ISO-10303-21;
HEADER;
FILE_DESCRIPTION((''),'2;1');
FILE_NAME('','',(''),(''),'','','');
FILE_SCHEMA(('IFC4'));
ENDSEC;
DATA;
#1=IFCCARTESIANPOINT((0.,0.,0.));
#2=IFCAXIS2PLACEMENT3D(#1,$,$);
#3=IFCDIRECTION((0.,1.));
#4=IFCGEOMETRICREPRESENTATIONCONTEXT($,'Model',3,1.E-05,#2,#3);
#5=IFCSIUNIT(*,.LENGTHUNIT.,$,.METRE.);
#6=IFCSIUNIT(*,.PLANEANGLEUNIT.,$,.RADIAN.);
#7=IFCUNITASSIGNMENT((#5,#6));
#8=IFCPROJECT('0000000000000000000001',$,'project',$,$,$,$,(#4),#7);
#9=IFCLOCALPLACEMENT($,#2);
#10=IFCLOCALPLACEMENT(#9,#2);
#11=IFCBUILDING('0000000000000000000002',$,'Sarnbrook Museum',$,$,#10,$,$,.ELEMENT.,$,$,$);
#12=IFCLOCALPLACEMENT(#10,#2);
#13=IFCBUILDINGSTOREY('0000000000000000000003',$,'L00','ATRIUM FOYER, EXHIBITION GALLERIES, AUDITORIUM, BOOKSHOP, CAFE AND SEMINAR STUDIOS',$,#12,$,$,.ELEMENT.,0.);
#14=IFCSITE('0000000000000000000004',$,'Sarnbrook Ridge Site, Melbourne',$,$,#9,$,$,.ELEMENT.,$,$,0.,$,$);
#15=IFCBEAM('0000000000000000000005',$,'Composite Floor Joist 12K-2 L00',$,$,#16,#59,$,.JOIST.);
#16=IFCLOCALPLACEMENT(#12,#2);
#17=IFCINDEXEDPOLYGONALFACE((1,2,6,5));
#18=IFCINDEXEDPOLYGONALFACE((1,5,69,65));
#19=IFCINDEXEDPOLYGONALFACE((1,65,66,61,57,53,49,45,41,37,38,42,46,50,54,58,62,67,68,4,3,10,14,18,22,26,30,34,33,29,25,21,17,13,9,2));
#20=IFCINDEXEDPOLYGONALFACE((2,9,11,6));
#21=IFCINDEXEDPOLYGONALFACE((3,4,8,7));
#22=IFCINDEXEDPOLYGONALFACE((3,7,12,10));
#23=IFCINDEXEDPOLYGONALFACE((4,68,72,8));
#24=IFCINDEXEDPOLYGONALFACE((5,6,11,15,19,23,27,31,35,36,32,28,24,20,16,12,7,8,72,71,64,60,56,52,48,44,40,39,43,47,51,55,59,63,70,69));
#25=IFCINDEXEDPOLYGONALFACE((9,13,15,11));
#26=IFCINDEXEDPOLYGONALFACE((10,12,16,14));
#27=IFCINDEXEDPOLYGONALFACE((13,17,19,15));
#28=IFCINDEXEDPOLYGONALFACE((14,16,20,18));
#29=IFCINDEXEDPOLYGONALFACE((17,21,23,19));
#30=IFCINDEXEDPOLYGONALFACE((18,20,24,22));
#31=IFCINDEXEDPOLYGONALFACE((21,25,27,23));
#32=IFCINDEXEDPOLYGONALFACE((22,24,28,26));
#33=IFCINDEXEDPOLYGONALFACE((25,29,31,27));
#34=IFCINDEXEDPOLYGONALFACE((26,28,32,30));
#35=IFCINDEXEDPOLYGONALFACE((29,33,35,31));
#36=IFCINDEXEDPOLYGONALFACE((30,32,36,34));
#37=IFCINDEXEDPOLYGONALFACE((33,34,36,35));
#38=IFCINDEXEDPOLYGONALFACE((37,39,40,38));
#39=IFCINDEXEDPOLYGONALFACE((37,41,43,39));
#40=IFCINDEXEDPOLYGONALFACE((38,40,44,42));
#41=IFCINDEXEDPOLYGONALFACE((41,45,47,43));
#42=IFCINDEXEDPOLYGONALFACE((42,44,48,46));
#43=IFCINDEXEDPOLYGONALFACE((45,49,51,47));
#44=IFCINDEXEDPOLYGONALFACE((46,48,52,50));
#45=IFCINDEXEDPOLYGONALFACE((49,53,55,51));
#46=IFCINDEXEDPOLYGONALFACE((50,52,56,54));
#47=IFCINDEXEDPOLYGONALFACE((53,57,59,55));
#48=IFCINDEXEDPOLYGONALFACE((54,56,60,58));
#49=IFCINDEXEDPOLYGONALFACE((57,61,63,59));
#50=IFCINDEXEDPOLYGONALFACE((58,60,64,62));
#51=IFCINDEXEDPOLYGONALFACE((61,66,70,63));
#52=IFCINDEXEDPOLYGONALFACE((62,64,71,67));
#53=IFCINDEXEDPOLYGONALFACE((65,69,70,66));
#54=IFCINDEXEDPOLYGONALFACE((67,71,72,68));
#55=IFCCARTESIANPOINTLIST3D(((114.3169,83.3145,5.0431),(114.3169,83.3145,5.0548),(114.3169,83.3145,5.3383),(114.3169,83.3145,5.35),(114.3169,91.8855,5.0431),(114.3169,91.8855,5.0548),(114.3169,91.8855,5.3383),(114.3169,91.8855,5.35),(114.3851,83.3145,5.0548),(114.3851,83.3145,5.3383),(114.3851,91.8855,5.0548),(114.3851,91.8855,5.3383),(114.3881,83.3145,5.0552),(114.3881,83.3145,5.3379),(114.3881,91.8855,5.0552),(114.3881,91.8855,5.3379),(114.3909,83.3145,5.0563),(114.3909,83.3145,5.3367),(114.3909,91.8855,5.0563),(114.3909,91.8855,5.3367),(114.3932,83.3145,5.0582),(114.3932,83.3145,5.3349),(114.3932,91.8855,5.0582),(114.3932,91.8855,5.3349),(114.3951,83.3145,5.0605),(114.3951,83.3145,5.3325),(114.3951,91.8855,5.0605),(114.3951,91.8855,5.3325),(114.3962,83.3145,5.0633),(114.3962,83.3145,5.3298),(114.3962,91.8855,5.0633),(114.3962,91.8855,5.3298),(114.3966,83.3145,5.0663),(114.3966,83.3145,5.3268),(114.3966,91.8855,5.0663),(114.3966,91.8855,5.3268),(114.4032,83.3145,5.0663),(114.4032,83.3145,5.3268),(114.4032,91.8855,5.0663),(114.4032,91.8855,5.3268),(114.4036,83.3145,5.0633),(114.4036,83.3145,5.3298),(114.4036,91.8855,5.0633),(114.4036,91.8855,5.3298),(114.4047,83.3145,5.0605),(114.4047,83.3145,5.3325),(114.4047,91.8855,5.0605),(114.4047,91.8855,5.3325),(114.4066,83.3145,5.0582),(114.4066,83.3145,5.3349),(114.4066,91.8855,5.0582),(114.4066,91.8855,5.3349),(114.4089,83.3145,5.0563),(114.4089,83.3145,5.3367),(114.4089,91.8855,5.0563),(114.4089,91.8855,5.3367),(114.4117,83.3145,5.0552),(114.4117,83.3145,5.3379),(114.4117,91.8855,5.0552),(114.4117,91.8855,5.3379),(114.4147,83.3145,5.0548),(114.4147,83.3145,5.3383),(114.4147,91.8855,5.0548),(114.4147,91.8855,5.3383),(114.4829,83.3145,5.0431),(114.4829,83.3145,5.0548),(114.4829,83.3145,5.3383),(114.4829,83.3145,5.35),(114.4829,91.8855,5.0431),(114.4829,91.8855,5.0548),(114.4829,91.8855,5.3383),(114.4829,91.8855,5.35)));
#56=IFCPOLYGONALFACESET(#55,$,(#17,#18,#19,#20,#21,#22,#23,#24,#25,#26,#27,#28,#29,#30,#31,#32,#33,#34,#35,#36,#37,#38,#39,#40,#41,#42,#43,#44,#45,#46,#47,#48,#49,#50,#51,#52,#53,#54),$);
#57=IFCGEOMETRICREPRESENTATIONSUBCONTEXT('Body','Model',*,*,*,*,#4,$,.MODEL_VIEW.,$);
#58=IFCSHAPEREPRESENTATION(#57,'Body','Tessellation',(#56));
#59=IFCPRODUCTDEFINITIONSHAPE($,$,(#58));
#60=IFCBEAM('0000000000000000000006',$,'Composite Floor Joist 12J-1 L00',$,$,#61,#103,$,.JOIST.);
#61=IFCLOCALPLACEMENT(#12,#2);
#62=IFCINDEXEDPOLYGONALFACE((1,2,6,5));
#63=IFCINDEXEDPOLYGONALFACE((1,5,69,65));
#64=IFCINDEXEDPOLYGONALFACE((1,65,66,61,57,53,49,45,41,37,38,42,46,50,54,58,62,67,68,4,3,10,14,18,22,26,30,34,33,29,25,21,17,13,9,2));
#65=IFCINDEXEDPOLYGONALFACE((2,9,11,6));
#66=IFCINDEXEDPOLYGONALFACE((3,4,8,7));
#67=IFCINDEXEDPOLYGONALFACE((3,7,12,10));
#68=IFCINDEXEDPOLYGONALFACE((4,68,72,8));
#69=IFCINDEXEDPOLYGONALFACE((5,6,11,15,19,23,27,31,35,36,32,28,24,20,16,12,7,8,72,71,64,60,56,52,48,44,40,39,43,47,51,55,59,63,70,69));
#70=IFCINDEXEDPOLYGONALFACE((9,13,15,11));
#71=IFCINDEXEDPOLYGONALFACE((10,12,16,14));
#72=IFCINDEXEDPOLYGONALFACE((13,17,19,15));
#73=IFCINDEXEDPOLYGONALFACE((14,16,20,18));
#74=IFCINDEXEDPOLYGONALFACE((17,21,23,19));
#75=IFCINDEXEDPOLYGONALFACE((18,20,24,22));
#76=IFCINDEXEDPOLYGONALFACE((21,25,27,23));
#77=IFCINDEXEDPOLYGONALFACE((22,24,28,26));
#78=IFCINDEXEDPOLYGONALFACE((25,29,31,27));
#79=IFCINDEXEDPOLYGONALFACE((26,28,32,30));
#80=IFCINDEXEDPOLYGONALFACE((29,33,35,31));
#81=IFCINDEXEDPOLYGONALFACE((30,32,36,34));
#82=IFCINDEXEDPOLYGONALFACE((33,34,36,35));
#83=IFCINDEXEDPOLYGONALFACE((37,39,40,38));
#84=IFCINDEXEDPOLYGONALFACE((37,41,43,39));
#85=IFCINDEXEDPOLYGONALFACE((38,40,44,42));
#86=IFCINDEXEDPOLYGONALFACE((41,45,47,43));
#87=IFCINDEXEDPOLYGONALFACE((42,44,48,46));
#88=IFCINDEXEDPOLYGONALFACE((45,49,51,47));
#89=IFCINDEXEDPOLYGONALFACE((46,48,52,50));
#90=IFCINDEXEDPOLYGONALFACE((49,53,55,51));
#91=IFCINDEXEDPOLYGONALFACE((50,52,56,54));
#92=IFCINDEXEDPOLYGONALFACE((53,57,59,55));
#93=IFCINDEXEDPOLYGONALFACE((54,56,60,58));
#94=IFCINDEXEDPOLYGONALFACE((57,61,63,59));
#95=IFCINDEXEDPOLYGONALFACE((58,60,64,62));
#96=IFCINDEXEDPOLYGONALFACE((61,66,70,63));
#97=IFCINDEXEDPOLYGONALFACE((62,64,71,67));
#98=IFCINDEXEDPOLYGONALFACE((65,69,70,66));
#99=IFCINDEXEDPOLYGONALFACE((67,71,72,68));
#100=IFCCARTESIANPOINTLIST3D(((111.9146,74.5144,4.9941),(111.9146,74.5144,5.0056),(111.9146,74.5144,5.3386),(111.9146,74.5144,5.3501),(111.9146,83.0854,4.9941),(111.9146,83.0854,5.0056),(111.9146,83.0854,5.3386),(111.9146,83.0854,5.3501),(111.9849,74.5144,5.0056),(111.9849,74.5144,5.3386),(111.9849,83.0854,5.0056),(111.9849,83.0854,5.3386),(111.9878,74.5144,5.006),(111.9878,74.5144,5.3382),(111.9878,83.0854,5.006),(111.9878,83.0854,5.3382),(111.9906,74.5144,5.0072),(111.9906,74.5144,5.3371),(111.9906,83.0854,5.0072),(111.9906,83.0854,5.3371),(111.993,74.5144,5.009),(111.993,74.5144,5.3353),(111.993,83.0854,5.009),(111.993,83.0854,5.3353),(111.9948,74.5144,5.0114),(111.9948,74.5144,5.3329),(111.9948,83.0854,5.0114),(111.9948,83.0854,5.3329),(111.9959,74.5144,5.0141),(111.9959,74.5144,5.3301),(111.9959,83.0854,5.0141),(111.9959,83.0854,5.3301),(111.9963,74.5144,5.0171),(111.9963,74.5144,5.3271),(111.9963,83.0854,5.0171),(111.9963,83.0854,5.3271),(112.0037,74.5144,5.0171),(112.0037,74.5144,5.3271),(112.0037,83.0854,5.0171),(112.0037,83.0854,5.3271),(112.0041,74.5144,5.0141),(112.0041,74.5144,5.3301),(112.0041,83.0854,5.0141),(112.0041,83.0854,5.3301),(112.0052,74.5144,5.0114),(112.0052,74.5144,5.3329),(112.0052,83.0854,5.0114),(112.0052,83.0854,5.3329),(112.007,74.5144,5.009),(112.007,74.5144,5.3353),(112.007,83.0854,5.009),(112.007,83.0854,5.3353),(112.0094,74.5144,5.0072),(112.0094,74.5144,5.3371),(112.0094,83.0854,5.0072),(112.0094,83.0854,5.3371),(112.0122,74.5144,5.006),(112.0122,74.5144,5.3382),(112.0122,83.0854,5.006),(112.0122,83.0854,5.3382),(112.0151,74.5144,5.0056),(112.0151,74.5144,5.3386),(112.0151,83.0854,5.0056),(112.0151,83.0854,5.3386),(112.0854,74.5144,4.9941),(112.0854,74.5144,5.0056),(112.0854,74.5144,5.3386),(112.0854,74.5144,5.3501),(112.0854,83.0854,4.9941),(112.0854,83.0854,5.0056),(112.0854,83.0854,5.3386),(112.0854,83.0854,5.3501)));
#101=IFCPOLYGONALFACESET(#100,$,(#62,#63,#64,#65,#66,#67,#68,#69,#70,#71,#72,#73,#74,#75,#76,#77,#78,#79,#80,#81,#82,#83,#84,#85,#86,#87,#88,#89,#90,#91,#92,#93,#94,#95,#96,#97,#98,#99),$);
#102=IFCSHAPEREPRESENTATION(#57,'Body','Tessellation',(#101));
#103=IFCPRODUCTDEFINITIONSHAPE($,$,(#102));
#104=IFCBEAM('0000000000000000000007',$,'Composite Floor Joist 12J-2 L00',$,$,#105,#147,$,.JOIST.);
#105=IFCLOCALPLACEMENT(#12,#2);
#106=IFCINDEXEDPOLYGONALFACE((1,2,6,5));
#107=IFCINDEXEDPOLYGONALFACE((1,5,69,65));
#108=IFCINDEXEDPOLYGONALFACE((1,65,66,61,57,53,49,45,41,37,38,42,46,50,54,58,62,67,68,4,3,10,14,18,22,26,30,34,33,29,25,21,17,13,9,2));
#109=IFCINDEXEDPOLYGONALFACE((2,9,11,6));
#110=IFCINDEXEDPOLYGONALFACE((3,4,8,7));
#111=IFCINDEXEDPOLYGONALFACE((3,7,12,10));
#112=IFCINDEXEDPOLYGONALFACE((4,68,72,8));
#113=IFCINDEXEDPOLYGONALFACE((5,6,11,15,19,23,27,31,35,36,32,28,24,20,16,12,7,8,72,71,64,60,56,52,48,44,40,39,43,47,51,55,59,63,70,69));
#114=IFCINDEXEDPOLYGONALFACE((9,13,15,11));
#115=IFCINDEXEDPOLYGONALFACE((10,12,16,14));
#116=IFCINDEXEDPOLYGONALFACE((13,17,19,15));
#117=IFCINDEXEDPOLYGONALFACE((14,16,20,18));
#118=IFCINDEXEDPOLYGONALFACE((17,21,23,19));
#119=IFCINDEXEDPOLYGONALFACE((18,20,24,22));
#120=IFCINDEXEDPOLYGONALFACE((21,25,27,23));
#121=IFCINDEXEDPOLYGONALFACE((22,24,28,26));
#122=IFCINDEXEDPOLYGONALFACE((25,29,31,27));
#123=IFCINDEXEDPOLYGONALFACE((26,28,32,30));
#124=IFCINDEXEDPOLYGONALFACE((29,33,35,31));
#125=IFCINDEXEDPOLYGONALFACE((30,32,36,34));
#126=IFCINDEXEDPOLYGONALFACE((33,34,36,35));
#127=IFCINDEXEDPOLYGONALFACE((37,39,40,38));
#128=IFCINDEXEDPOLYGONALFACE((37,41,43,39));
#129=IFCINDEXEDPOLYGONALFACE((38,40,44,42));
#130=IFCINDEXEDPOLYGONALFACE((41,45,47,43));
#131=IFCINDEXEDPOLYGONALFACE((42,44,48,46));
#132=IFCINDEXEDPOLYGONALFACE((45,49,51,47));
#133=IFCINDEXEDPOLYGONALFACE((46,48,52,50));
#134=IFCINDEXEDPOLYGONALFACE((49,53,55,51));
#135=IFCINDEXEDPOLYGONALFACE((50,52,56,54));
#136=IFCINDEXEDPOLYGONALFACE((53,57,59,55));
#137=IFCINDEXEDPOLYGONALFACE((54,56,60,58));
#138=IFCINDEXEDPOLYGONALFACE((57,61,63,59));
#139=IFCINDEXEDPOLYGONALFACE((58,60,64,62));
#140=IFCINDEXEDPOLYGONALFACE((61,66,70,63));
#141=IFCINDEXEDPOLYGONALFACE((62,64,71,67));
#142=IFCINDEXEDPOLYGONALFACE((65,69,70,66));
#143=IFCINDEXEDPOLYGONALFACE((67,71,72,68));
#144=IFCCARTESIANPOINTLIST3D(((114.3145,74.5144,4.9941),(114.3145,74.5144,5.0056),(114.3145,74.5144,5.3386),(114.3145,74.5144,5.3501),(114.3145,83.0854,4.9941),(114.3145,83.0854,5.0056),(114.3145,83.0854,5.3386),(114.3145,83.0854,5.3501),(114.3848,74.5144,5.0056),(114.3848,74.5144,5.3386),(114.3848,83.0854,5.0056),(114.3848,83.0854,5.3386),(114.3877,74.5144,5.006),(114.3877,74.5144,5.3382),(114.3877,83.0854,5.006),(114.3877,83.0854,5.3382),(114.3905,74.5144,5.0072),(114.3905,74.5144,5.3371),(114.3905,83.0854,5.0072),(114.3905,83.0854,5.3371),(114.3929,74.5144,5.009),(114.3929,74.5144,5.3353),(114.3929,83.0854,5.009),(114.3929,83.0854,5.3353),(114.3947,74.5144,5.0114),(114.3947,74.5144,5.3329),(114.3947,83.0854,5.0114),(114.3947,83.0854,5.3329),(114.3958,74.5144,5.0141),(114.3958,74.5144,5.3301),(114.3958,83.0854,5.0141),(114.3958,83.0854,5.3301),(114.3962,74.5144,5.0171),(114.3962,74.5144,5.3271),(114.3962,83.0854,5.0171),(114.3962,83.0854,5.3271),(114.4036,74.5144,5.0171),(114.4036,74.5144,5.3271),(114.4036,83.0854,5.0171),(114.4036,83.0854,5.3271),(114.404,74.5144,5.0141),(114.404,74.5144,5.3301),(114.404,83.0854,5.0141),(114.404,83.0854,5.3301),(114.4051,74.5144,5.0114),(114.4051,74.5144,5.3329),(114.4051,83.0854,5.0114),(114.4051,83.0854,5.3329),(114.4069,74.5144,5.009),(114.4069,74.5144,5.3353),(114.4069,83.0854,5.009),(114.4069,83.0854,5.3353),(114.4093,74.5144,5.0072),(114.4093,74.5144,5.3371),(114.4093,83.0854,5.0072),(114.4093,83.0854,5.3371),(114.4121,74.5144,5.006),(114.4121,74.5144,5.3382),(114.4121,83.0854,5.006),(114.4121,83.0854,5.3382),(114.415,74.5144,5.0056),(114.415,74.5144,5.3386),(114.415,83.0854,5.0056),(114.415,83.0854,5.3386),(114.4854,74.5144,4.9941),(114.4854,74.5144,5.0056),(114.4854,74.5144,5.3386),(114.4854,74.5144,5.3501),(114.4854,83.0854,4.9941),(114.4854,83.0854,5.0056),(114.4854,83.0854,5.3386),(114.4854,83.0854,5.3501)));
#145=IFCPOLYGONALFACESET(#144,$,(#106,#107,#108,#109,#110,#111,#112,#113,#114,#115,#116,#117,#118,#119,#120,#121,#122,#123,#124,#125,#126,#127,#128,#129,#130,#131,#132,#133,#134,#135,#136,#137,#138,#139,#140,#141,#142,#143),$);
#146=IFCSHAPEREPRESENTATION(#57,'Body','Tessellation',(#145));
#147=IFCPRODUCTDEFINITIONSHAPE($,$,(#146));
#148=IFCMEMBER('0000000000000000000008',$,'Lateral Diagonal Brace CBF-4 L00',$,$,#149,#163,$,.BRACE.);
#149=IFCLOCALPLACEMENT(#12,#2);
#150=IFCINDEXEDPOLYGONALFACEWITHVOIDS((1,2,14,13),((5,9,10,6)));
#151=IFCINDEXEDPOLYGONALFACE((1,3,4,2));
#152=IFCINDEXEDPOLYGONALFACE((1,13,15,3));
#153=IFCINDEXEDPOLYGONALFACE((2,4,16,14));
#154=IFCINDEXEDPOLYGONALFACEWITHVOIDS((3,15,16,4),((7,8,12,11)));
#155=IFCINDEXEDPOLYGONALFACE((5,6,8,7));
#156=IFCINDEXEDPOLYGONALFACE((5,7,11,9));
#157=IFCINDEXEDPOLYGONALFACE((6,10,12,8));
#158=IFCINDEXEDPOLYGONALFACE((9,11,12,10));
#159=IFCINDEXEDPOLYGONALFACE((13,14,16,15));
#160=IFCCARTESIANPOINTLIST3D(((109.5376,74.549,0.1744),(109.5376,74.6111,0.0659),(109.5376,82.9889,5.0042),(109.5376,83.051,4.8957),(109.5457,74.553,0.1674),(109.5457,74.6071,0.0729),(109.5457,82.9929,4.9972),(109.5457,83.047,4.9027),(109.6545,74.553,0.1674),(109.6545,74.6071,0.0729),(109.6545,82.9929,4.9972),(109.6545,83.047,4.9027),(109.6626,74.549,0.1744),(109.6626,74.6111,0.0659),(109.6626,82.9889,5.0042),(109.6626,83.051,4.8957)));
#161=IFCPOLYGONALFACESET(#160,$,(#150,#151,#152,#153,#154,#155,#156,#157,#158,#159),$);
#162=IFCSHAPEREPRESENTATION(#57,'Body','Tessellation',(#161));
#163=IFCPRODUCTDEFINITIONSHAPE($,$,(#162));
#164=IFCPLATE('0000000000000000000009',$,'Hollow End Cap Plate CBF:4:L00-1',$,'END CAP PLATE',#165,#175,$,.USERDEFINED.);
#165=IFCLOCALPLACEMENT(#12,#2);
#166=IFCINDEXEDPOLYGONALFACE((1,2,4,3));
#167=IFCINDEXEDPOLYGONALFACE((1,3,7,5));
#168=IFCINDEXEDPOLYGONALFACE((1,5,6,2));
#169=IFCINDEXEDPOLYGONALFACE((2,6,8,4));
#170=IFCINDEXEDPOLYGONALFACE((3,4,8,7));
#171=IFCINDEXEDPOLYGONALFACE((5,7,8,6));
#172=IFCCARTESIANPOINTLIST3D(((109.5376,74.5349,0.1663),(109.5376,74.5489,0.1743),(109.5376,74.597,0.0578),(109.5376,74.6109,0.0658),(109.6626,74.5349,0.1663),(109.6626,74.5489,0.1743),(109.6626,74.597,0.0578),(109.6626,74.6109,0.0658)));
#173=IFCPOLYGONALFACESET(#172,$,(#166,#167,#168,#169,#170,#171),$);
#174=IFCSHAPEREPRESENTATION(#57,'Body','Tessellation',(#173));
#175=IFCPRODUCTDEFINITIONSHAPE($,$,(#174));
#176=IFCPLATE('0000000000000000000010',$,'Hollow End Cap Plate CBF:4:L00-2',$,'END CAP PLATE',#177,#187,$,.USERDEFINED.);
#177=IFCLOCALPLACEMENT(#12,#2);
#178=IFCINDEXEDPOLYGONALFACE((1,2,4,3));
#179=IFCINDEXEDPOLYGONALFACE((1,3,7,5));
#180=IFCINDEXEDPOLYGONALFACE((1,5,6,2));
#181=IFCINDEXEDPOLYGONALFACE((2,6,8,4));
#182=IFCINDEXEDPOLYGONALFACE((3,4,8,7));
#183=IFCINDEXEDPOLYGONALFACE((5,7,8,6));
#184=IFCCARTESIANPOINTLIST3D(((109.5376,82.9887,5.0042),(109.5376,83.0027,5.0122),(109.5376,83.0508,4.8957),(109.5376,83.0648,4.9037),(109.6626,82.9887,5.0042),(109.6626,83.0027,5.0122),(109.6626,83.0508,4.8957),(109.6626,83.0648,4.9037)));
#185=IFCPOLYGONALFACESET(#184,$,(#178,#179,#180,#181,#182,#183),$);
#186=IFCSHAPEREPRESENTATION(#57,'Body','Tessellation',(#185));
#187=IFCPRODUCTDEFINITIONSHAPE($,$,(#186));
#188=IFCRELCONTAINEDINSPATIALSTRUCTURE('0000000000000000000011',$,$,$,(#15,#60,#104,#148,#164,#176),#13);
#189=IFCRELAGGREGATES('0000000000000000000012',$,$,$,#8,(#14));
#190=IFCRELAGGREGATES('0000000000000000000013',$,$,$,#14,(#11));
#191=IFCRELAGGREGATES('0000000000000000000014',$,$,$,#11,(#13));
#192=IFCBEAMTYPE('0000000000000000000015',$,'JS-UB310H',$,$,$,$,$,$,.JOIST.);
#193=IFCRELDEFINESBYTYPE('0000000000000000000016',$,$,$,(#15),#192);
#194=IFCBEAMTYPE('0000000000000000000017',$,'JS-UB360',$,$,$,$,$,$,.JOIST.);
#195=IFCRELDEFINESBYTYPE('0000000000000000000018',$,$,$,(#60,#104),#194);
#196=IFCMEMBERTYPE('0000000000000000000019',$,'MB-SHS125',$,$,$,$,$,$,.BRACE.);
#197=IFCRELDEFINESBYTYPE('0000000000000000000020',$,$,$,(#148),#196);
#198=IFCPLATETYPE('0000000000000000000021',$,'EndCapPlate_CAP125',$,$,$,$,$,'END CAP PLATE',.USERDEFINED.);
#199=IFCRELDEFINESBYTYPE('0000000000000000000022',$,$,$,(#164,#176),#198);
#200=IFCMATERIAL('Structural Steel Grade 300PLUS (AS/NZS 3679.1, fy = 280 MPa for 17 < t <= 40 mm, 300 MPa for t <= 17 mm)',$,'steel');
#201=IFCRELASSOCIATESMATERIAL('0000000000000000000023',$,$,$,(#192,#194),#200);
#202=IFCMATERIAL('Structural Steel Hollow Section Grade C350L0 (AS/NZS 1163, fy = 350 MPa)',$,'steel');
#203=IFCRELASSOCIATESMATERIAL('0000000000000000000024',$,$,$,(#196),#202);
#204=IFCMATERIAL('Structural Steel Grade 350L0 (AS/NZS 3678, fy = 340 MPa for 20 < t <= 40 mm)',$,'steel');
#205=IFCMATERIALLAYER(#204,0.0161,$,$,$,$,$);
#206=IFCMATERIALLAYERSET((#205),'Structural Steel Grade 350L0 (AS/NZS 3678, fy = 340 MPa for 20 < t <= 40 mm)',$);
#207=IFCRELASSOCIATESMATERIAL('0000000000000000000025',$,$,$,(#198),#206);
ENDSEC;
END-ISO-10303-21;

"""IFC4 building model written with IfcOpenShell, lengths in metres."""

from ifc_helpers import new_model, si_unit, direction, frame, origin, origin_2d, place, context, subcontext, project, spatial, rectangle, hollow_rectangle, i_section, extrude, material, layer, layer_set, material_profile, profile_set, type_object, element, save


model = new_model("IFC4")

# Units and contexts
model_context = context("Model", 3, precision=1e-05, world=origin(), true_north=direction((0.0, 1.0)))
body_context = subcontext(model_context, "Body", "Model", "MODEL_VIEW")
ifc_project = project(units=[si_unit("LENGTHUNIT", "METRE"), si_unit("PLANEANGLEUNIT", "RADIAN")], contexts=[model_context])

# Site, building, storey
site_placement = place(None, origin())
site = spatial("IfcSite", under=ifc_project, at=site_placement, Name="Sarnbrook Ridge Site, Melbourne", CompositionType="ELEMENT", RefElevation=0.0)
building_placement = place(site_placement, origin())
building = spatial("IfcBuilding", under=site, at=building_placement, Name="Sarnbrook Museum", CompositionType="ELEMENT")
storey_placement = place(building_placement, origin())
storey = spatial("IfcBuildingStorey", under=building, at=storey_placement, Name="L00", Description="ATRIUM FOYER, EXHIBITION GALLERIES, AUDITORIUM, BOOKSHOP, CAFE AND SEMINAR STUDIOS", CompositionType="ELEMENT", Elevation=0.0)

# Shared definitions
ifc_material_1 = material(Name="Structural Steel Grade 350L0 (AS/NZS 3678, fy = 340 MPa for 20 < t <= 40 mm)", Category="steel")

# Beams
ifc_material_2 = material(Name="Structural Steel Grade 300PLUS (AS/NZS 3679.1, fy = 280 MPa for 17 < t <= 40 mm, 300 MPa for t <= 17 mm)", Category="steel")
ifc_material_profile_1 = material_profile(ifc_material_2, i_section(OverallWidth=0.166, OverallDepth=0.3069, WebThickness=0.0066, FlangeThickness=0.0117, FilletRadius=0.0115, at=origin_2d()), Name="310UB46.2")
ifc_profile_set_1 = profile_set([ifc_material_profile_1], Name="Structural Steel Grade 300PLUS (AS/NZS 3679.1, fy = 280 MPa for 17 < t <= 40 mm, 300 MPa for t <= 17 mm)")
beam_type_1 = type_object("IfcBeamType", Name="JS-UB310H", PredefinedType="JOIST", material=ifc_profile_set_1)
for number, where, z_axis, x_axis, name in (
    (1, (114.3999, 83.3145, 5.1965), (0.0, 1.0, 0.0), (-1.0, 0.0, 0.0), "Composite Floor Joist 12K-2 L00"),
):
    element("IfcBeam", number, at=place(storey_placement, frame(where, z_axis=z_axis, x_axis=x_axis)), inside=storey, type_object=beam_type_1, Name=name, PredefinedType="JOIST", context=body_context, shape_type="SweptSolid", body=[
        extrude(i_section(OverallWidth=0.166, OverallDepth=0.3069, WebThickness=0.0066, FlangeThickness=0.0117, FilletRadius=0.0115, at=origin_2d()), origin(), (0.0, 0.0, 1.0), 8.571),
    ])
ifc_material_profile_2 = material_profile(ifc_material_2, i_section(OverallWidth=0.1709, OverallDepth=0.356, WebThickness=0.0073, FlangeThickness=0.0115, FilletRadius=0.0115, at=origin_2d()), Name="360UB50.7")
ifc_profile_set_2 = profile_set([ifc_material_profile_2], Name="Structural Steel Grade 300PLUS (AS/NZS 3679.1, fy = 280 MPa for 17 < t <= 40 mm, 300 MPa for t <= 17 mm)")
beam_type_2 = type_object("IfcBeamType", Name="JS-UB360", PredefinedType="JOIST", material=ifc_profile_set_2)
for number, where, z_axis, x_axis, name in (
    (2, (112.0, 74.5144, 5.1721), (0.0, 1.0, 0.0), (-1.0, 0.0, 0.0), "Composite Floor Joist 12J-1 L00"),
    (3, (114.3999, 74.5144, 5.1721), (0.0, 1.0, 0.0), (-1.0, 0.0, 0.0), "Composite Floor Joist 12J-2 L00"),
):
    element("IfcBeam", number, at=place(storey_placement, frame(where, z_axis=z_axis, x_axis=x_axis)), inside=storey, type_object=beam_type_2, Name=name, PredefinedType="JOIST", context=body_context, shape_type="SweptSolid", body=[
        extrude(i_section(OverallWidth=0.1709, OverallDepth=0.356, WebThickness=0.0073, FlangeThickness=0.0115, FilletRadius=0.0115, at=origin_2d()), origin(), (0.0, 0.0, 1.0), 8.571),
    ])

# Member
ifc_material_3 = material(Name="Structural Steel Hollow Section Grade C350L0 (AS/NZS 1163, fy = 350 MPa)", Category="steel")
ifc_material_profile_3 = material_profile(ifc_material_3, hollow_rectangle(XDim=0.125, YDim=0.125, WallThickness=0.0081, at=origin_2d()), Name="125x125x8.0SHS")
ifc_profile_set_3 = profile_set([ifc_material_profile_3], Name="Structural Steel Hollow Section Grade C350L0 (AS/NZS 1163, fy = 350 MPa)")
member_type = type_object("IfcMemberType", Name="MB-SHS125", PredefinedType="BRACE", material=ifc_profile_set_3)
member_placement = place(storey_placement, frame((109.6001, 74.5801, 0.1201), z_axis=(0.0, 0.867932, 0.496682), x_axis=(-1.0, 0.0, 0.0)))
element("IfcMember", 4, at=member_placement, inside=storey, type_object=member_type, Name="Lateral Diagonal Brace CBF-4 L00", PredefinedType="BRACE", context=body_context, shape_type="SweptSolid", body=[
    extrude(hollow_rectangle(XDim=0.125, YDim=0.125, WallThickness=0.0081, at=origin_2d()), origin(), (0.0, 0.0, 1.0), 9.7241),
])

# Plates
ifc_layer_1 = layer(ifc_material_1, 0.0161)
ifc_layer_set_1 = layer_set([ifc_layer_1], Name="Structural Steel Grade 350L0 (AS/NZS 3678, fy = 340 MPa for 20 < t <= 40 mm)")
plate_type = type_object("IfcPlateType", Name="EndCapPlate_CAP125", ElementType="END CAP PLATE", PredefinedType="USERDEFINED", material=ifc_layer_set_1)
for number, where, z_axis, x_axis, name in (
    (5, (109.6001, 74.5659, 0.1121), (0.0, 0.867927, 0.496693), (-1.0, 0.0, 0.0), "Hollow End Cap Plate CBF:4:L00-1"),
    (6, (109.6001, 83.0198, 4.95), (0.0, 0.867927, 0.496693), (-1.0, 0.0, 0.0), "Hollow End Cap Plate CBF:4:L00-2"),
):
    element("IfcPlate", number, at=place(storey_placement, frame(where, z_axis=z_axis, x_axis=x_axis)), inside=storey, type_object=plate_type, Name=name, ObjectType="END CAP PLATE", PredefinedType="USERDEFINED", context=body_context, shape_type="SweptSolid", body=[
        extrude(rectangle(XDim=0.125, YDim=0.125, at=origin_2d()), origin(), (0.0, 0.0, 1.0), 0.0161),
    ])

save(model, "model.ifc")
